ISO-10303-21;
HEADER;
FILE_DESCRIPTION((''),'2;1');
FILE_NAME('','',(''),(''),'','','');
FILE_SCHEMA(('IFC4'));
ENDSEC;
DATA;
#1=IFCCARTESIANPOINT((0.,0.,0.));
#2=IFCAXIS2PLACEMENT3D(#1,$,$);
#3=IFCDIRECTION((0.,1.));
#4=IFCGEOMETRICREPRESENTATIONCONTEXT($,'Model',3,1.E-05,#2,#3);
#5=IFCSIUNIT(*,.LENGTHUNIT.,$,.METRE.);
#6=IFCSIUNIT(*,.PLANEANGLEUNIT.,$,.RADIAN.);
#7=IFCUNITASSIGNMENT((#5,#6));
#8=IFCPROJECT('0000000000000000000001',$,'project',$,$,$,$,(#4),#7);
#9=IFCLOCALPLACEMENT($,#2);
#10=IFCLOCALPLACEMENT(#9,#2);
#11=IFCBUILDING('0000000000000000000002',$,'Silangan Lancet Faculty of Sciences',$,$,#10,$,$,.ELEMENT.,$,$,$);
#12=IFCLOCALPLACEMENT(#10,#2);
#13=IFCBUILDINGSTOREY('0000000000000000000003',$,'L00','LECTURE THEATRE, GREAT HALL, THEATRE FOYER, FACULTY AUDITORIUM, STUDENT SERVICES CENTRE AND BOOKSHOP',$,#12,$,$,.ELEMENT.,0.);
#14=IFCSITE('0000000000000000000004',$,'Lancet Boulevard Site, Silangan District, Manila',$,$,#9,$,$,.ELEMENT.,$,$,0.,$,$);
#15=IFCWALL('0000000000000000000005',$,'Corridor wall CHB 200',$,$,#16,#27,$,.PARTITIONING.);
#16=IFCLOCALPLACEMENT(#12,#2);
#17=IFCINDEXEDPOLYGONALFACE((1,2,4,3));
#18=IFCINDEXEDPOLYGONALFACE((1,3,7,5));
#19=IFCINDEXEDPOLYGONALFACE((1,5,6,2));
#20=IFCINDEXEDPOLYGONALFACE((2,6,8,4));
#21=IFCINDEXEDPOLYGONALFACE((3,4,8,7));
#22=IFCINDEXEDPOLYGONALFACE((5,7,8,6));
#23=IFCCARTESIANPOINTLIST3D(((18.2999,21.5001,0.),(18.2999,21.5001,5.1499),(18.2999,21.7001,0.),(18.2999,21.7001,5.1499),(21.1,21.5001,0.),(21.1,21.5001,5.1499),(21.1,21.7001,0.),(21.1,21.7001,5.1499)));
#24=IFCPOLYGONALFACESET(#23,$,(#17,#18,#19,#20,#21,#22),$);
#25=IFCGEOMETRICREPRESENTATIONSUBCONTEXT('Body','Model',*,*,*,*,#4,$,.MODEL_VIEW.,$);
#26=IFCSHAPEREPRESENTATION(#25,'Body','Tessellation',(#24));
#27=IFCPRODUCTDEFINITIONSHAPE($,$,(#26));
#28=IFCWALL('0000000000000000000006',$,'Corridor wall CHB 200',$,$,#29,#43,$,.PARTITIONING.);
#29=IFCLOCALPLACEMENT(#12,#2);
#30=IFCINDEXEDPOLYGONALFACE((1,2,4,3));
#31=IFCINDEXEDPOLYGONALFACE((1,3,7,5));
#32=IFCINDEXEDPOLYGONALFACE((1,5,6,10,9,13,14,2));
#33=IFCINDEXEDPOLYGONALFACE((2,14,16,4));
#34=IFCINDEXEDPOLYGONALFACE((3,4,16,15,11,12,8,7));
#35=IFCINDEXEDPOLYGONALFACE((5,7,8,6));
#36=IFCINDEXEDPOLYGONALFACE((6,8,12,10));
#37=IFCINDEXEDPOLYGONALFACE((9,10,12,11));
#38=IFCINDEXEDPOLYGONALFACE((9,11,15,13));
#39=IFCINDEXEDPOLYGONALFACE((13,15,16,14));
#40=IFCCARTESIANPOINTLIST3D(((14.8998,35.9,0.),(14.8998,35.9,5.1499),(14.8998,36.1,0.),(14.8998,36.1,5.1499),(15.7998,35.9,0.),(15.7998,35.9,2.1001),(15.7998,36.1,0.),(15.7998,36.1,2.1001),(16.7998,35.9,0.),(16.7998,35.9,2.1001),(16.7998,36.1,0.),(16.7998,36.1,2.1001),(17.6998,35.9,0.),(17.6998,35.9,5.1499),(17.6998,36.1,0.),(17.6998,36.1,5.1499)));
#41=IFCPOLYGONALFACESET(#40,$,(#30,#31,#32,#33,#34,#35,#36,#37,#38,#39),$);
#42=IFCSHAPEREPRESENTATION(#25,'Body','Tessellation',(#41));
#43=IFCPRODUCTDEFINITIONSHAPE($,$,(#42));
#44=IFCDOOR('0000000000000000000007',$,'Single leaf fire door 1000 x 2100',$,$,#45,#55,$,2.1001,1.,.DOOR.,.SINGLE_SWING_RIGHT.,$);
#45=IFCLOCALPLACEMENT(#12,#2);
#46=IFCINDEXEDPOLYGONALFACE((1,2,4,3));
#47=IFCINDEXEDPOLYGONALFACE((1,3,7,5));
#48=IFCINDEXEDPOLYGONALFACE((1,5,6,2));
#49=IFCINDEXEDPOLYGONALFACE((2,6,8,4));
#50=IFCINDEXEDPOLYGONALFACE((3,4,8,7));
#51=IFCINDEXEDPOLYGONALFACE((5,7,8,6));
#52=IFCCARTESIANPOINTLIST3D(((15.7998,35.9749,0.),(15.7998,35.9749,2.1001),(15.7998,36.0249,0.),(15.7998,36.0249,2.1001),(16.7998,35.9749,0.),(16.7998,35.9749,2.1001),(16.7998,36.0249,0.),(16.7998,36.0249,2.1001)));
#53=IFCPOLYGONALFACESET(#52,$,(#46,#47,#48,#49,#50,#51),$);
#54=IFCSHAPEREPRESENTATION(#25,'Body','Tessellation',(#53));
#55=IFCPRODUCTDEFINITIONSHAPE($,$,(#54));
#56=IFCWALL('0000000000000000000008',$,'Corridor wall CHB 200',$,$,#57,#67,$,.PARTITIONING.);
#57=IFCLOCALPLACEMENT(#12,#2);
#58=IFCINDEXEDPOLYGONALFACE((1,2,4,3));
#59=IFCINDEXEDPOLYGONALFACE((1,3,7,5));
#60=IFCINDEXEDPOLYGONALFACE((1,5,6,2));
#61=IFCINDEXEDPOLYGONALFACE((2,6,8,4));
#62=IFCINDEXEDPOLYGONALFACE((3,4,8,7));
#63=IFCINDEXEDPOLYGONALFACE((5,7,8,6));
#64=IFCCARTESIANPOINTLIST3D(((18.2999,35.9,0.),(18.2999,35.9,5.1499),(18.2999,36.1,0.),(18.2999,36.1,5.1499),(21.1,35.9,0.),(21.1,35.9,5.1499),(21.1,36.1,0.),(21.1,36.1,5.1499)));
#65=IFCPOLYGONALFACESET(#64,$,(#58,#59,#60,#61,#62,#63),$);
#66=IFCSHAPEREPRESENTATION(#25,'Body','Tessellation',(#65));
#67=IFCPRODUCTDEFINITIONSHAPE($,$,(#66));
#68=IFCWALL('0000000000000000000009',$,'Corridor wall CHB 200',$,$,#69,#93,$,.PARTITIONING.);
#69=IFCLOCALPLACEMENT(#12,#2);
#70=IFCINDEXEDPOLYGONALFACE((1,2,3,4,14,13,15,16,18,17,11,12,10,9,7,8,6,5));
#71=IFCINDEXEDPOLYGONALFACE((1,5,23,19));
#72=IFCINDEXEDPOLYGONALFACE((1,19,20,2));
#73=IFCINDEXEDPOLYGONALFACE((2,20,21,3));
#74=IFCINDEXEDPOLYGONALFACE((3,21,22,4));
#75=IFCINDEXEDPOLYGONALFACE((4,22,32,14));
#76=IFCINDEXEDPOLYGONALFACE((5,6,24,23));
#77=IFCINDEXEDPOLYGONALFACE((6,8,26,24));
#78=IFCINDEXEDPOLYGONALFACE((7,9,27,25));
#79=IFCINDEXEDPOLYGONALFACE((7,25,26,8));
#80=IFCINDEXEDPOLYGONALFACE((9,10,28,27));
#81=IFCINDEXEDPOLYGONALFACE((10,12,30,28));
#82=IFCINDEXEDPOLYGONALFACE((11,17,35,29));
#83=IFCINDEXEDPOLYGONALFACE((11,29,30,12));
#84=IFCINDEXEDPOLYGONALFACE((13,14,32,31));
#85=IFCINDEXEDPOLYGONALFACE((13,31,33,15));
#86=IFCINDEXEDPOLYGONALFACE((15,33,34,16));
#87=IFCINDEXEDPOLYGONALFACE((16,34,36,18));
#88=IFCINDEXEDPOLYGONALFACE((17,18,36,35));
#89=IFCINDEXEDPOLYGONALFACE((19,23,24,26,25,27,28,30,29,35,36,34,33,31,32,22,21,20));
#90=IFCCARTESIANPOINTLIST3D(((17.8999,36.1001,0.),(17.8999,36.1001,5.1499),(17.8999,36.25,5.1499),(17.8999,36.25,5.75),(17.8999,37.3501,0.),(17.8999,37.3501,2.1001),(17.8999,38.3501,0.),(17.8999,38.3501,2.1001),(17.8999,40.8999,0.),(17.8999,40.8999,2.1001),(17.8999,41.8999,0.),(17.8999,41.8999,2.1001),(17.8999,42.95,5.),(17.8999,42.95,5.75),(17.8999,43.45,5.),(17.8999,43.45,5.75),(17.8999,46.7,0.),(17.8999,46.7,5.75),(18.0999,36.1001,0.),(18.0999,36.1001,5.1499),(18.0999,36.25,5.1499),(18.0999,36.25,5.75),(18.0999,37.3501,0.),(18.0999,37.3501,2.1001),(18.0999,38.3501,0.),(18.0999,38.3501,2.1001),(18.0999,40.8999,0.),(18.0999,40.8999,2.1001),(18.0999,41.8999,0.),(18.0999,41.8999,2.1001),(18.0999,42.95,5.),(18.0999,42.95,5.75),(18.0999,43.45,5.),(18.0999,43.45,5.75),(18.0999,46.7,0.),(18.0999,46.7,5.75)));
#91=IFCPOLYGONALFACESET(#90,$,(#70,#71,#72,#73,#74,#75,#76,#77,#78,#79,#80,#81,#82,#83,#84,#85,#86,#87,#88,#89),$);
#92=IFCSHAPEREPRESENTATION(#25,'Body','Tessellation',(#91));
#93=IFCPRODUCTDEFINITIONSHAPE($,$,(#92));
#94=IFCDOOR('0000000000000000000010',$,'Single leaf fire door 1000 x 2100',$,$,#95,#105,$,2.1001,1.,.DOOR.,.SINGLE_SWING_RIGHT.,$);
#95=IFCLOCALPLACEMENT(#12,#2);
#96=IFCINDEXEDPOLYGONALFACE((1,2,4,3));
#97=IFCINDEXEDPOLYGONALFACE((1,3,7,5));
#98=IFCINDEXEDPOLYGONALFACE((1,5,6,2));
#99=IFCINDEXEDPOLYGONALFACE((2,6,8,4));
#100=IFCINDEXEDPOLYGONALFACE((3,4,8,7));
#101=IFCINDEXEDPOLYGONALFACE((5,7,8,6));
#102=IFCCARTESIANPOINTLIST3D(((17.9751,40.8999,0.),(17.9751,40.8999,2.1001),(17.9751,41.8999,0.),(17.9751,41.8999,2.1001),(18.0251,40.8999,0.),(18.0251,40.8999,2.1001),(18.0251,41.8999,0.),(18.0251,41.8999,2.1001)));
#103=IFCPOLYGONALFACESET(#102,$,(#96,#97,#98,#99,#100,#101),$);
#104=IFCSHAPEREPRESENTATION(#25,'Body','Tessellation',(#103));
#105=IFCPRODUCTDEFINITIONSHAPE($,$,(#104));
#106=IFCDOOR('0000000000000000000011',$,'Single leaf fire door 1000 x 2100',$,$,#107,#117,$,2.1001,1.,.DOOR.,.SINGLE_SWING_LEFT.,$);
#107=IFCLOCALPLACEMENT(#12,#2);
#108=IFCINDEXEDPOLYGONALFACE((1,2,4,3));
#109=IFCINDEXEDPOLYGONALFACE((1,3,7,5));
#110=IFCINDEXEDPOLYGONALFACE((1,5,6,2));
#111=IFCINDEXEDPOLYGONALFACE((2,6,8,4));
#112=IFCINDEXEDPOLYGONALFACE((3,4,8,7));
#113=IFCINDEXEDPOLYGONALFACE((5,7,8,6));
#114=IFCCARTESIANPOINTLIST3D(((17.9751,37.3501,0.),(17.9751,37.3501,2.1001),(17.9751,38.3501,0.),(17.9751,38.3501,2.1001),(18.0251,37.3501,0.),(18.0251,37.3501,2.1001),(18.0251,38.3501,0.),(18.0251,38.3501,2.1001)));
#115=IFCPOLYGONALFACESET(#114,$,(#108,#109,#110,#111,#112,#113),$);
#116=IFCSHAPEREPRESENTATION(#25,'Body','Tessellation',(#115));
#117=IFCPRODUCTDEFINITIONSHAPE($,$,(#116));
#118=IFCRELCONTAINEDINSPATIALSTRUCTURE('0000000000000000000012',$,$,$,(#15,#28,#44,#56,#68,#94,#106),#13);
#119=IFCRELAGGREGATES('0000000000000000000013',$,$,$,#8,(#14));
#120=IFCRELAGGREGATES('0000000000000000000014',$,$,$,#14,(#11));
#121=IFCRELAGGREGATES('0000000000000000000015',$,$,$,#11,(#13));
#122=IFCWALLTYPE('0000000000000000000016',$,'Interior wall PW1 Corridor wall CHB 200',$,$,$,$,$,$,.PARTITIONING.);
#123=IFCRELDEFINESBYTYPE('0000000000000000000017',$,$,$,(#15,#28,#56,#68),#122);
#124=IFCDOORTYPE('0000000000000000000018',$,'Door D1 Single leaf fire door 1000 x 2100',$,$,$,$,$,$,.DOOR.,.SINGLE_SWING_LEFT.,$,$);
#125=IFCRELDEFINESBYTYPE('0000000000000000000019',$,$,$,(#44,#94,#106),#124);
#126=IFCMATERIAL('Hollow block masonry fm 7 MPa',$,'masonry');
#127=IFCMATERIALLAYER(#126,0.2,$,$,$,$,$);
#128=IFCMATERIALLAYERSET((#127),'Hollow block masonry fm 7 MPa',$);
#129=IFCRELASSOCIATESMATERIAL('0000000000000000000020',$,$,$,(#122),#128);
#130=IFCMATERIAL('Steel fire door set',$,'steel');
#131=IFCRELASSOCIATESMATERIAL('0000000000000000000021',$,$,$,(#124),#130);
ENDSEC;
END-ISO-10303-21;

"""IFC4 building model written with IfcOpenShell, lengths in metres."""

from ifc_helpers import new_model, si_unit, direction, frame, frame_2d, origin, place, context, subcontext, project, spatial, polyline, rectangle, outline, extrude, material, layer, layer_set, type_object, element, fill, save


model = new_model("IFC4")

# Units and contexts
model_context = context("Model", 3, precision=1e-05, world=origin(), true_north=direction((0.0, 1.0)))
body_context = subcontext(model_context, "Body", "Model", "MODEL_VIEW")
ifc_project = project(units=[si_unit("LENGTHUNIT", "METRE"), si_unit("PLANEANGLEUNIT", "RADIAN")], contexts=[model_context])

# Site, building, storey
site_placement = place(None, origin())
site = spatial("IfcSite", under=ifc_project, at=site_placement, Name="Lancet Boulevard Site, Silangan District, Manila", CompositionType="ELEMENT", RefElevation=0.0)
building_placement = place(site_placement, origin())
building = spatial("IfcBuilding", under=site, at=building_placement, Name="Silangan Lancet Faculty of Sciences", CompositionType="ELEMENT")
storey_placement = place(building_placement, origin())
storey = spatial("IfcBuildingStorey", under=building, at=storey_placement, Name="L00", Description="LECTURE THEATRE, GREAT HALL, THEATRE FOYER, FACULTY AUDITORIUM, STUDENT SERVICES CENTRE AND BOOKSHOP", CompositionType="ELEMENT", Elevation=0.0)

# Shared definitions
ifc_material_1 = material(Name="Hollow block masonry fm 7 MPa", Category="masonry")
ifc_layer_1 = layer(ifc_material_1, 0.2)
ifc_layer_set_1 = layer_set([ifc_layer_1], Name="Hollow block masonry fm 7 MPa")
wall_type_1 = type_object("IfcWallType", Name="Interior wall PW1 Corridor wall CHB 200", PredefinedType="PARTITIONING", material=ifc_layer_set_1)
ifc_material_2 = material(Name="Steel fire door set", Category="steel")
door_type = type_object("IfcDoorType", Name="Door D1 Single leaf fire door 1000 x 2100", OperationType="SINGLE_SWING_LEFT", PredefinedType="DOOR", material=ifc_material_2)

# Wall
wall_1_placement = place(storey_placement, frame((18.3, 21.6001, 0.0), z_axis=(0.0, 0.0, 1.0), x_axis=(1.0, 0.0, 0.0)))
element("IfcWall", 1, at=wall_1_placement, inside=storey, type_object=wall_type_1, Name="Corridor wall CHB 200", PredefinedType="PARTITIONING", context=body_context, shape_type="SweptSolid", body=[
    extrude(rectangle(XDim=2.8, YDim=0.2, at=frame_2d((1.3999, 0.0))), origin(), (0.0, 0.0, 1.0), 5.1499),
])

# Wall, opening, door
wall_2_placement = place(storey_placement, frame((14.8999, 36.0, 0.0), z_axis=(0.0, 0.0, 1.0), x_axis=(1.0, 0.0, 0.0)))
wall_2 = element("IfcWall", 2, at=wall_2_placement, inside=storey, type_object=wall_type_1, Name="Corridor wall CHB 200", PredefinedType="PARTITIONING", context=body_context, shape_type="SweptSolid", body=[
    extrude(rectangle(XDim=2.8, YDim=0.2, at=frame_2d((1.3999, 0.0))), origin(), (0.0, 0.0, 1.0), 5.1499),
])
opening_1_placement = place(wall_2_placement, frame((0.8999, 0.0, 0.0)))
opening_1 = element("IfcOpeningElement", 3, at=opening_1_placement, cuts=wall_2, PredefinedType="OPENING", context=body_context, shape_type="SweptSolid", body=[
    extrude(rectangle(XDim=1.0, YDim=2.1001, at=frame_2d((0.5, 1.05))), frame((0.0, 0.1099, 0.0), z_axis=(0.0, -1.0, 0.0), x_axis=(1.0, 0.0, 0.0)), (0.0, 0.0, 1.0), 0.22),
])
door_1_placement = place(opening_1_placement, origin())
door_1 = element("IfcDoor", 4, at=door_1_placement, inside=storey, type_object=door_type, Name="Single leaf fire door 1000 x 2100", OperationType="SINGLE_SWING_RIGHT", OverallHeight=2.1001, OverallWidth=1.0, PredefinedType="DOOR", context=body_context, shape_type="SweptSolid", body=[
    extrude(rectangle(XDim=1.0, YDim=2.1001, at=frame_2d((0.5, 1.05))), frame((0.0, 0.0249, 0.0), z_axis=(0.0, -1.0, 0.0), x_axis=(1.0, 0.0, 0.0)), (0.0, 0.0, 1.0), 0.05),
])
fill(opening_1, door_1)

# Wall
wall_3_placement = place(storey_placement, frame((18.3, 36.0, 0.0), z_axis=(0.0, 0.0, 1.0), x_axis=(1.0, 0.0, 0.0)))
element("IfcWall", 5, at=wall_3_placement, inside=storey, type_object=wall_type_1, Name="Corridor wall CHB 200", PredefinedType="PARTITIONING", context=body_context, shape_type="SweptSolid", body=[
    extrude(rectangle(XDim=2.8, YDim=0.2, at=frame_2d((1.3999, 0.0))), origin(), (0.0, 0.0, 1.0), 5.1499),
])

# Wall, openings, doors
wall_4_placement = place(storey_placement, frame((18.0, 36.1001, 0.0), z_axis=(0.0, 0.0, 1.0), x_axis=(0.0, 1.0, 0.0)))
wall_4 = element("IfcWall", 6, at=wall_4_placement, inside=storey, type_object=wall_type_1, Name="Corridor wall CHB 200", PredefinedType="PARTITIONING", context=body_context, shape_type="SweptSolid", body=[
    extrude(outline(polyline([(0.0, 0.0), (10.5999, 0.0), (10.5999, 5.75), (7.3499, 5.75), (7.3499, 5.0), (6.8499, 5.0), (6.8499, 5.75), (0.1499, 5.75), (0.1499, 5.1499), (0.0, 5.1499), (0.0, 0.0)])), frame((0.0, 0.1001, 0.0), z_axis=(0.0, -1.0, 0.0), x_axis=(1.0, 0.0, 0.0)), (0.0, 0.0, 1.0), 0.2),
])
opening_2_placement = place(wall_4_placement, frame((4.7998, 0.0, 0.0)))
opening_2 = element("IfcOpeningElement", 7, at=opening_2_placement, cuts=wall_4, PredefinedType="OPENING", context=body_context, shape_type="SweptSolid", body=[
    extrude(rectangle(XDim=1.0, YDim=2.1001, at=frame_2d((0.5, 1.05))), frame((0.0, 0.1099, 0.0), z_axis=(0.0, -1.0, 0.0), x_axis=(1.0, 0.0, 0.0)), (0.0, 0.0, 1.0), 0.22),
])
opening_3_placement = place(wall_4_placement, frame((1.25, 0.0, 0.0)))
opening_3 = element("IfcOpeningElement", 8, at=opening_3_placement, cuts=wall_4, PredefinedType="OPENING", context=body_context, shape_type="SweptSolid", body=[
    extrude(rectangle(XDim=1.0, YDim=2.1001, at=frame_2d((0.5, 1.05))), frame((0.0, 0.1099, 0.0), z_axis=(0.0, -1.0, 0.0), x_axis=(1.0, 0.0, 0.0)), (0.0, 0.0, 1.0), 0.22),
])
door_2_placement = place(opening_2_placement, frame((1.0, 0.0, 0.0), z_axis=(0.0, 0.0, 1.0), x_axis=(-1.0, 0.0, 0.0)))
door_2 = element("IfcDoor", 9, at=door_2_placement, inside=storey, type_object=door_type, Name="Single leaf fire door 1000 x 2100", OperationType="SINGLE_SWING_RIGHT", OverallHeight=2.1001, OverallWidth=1.0, PredefinedType="DOOR", context=body_context, shape_type="SweptSolid", body=[
    extrude(rectangle(XDim=1.0, YDim=2.1001, at=frame_2d((0.5, 1.05))), frame((0.0, 0.0251, 0.0), z_axis=(0.0, -1.0, 0.0), x_axis=(1.0, 0.0, 0.0)), (0.0, 0.0, 1.0), 0.05),
])
fill(opening_2, door_2)
door_3_placement = place(opening_3_placement, frame((1.0, 0.0, 0.0), z_axis=(0.0, 0.0, 1.0), x_axis=(-1.0, 0.0, 0.0)))
door_3 = element("IfcDoor", 10, at=door_3_placement, inside=storey, type_object=door_type, Name="Single leaf fire door 1000 x 2100", OperationType="SINGLE_SWING_LEFT", OverallHeight=2.1001, OverallWidth=1.0, PredefinedType="DOOR", context=body_context, shape_type="SweptSolid", body=[
    extrude(rectangle(XDim=1.0, YDim=2.1001, at=frame_2d((0.5, 1.05))), frame((0.0, 0.0251, 0.0), z_axis=(0.0, -1.0, 0.0), x_axis=(1.0, 0.0, 0.0)), (0.0, 0.0, 1.0), 0.05),
])
fill(opening_3, door_3)

save(model, "model.ifc")
